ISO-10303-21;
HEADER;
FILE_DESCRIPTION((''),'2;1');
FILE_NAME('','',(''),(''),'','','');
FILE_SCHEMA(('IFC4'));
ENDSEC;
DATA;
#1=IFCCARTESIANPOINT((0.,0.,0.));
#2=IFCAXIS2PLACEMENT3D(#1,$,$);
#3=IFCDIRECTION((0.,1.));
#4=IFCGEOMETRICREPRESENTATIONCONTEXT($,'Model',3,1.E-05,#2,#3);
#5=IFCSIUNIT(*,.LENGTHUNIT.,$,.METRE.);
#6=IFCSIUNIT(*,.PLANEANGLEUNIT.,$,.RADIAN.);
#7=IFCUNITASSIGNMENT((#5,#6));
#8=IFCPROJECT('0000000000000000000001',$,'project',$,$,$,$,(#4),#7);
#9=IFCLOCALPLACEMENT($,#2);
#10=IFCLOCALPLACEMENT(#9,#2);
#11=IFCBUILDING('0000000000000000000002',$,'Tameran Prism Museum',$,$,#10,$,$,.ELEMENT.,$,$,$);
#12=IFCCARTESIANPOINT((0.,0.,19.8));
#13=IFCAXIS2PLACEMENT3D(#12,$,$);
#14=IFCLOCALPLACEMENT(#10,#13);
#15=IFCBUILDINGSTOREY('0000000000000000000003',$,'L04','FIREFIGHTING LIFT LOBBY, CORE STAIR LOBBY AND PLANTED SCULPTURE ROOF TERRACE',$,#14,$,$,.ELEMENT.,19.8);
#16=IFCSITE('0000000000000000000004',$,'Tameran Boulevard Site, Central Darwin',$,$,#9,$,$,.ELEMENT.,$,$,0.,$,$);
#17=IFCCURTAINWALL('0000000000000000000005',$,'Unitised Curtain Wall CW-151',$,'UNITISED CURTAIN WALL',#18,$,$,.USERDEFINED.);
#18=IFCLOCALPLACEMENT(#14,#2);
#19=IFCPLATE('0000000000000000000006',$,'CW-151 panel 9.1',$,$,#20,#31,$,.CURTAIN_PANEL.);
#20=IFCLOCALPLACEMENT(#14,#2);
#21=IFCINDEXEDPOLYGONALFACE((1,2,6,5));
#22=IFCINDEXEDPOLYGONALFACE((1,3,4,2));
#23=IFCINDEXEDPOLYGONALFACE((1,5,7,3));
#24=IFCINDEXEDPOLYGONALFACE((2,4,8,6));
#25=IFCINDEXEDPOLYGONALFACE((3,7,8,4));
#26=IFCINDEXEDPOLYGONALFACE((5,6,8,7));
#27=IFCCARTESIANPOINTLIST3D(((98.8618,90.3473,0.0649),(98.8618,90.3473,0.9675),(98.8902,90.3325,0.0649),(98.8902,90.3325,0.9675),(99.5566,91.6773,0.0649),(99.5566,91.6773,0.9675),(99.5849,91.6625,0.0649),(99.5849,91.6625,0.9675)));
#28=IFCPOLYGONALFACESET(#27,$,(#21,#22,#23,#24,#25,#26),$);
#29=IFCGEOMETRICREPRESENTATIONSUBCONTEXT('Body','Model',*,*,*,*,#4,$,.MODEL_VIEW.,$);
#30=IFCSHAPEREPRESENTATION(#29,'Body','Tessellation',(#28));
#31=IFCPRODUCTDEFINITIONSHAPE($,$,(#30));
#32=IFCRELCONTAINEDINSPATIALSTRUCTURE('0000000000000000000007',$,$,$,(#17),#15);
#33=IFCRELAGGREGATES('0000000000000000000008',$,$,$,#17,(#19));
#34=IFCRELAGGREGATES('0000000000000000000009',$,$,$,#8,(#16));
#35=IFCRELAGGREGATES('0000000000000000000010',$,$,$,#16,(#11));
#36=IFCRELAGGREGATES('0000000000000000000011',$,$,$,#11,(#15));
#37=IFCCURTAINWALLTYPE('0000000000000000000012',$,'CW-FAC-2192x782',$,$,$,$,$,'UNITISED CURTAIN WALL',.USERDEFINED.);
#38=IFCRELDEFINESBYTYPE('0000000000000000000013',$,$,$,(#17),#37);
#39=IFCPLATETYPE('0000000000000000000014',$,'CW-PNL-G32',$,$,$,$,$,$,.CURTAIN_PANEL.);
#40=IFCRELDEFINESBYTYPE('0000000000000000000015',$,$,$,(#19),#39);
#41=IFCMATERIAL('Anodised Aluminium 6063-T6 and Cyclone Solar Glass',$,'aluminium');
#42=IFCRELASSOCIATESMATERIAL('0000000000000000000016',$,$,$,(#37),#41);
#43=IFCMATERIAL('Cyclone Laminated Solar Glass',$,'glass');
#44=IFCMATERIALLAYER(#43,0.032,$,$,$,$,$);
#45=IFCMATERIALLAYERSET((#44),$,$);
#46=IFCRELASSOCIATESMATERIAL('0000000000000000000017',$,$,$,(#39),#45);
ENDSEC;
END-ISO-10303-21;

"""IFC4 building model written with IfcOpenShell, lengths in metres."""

from ifc_helpers import new_model, si_unit, direction, frame, origin, origin_2d, place, context, subcontext, project, spatial, rectangle, extrude, material, layer, layer_set, type_object, element, aggregate, save


model = new_model("IFC4")

# Units and contexts
model_context = context("Model", 3, precision=1e-05, world=origin(), true_north=direction((0.0, 1.0)))
body_context = subcontext(model_context, "Body", "Model", "MODEL_VIEW")
ifc_project = project(units=[si_unit("LENGTHUNIT", "METRE"), si_unit("PLANEANGLEUNIT", "RADIAN")], contexts=[model_context])

# Site, building, storey
site_placement = place(None, origin())
site = spatial("IfcSite", under=ifc_project, at=site_placement, Name="Tameran Boulevard Site, Central Darwin", CompositionType="ELEMENT", RefElevation=0.0)
building_placement = place(site_placement, origin())
building = spatial("IfcBuilding", under=site, at=building_placement, Name="Tameran Prism Museum", CompositionType="ELEMENT")
storey_placement = place(building_placement, frame((0.0, 0.0, 19.8)))
storey = spatial("IfcBuildingStorey", under=building, at=storey_placement, Name="L04", Description="FIREFIGHTING LIFT LOBBY, CORE STAIR LOBBY AND PLANTED SCULPTURE ROOF TERRACE", CompositionType="ELEMENT", Elevation=19.8)

# Curtain wall, plate
ifc_material_1 = material(Name="Anodised Aluminium 6063-T6 and Cyclone Solar Glass", Category="aluminium")
curtain_wall_type = type_object("IfcCurtainWallType", Name="CW-FAC-2192x782", ElementType="UNITISED CURTAIN WALL", PredefinedType="USERDEFINED", material=ifc_material_1)
curtain_wall_placement = place(storey_placement, origin())
curtain_wall = element("IfcCurtainWall", 1, at=curtain_wall_placement, inside=storey, type_object=curtain_wall_type, Name="Unitised Curtain Wall CW-151", ObjectType="UNITISED CURTAIN WALL", PredefinedType="USERDEFINED")
ifc_material_2 = material(Name="Cyclone Laminated Solar Glass", Category="glass")
ifc_layer = layer(ifc_material_2, 0.032)
ifc_layer_set = layer_set([ifc_layer])
plate_type = type_object("IfcPlateType", Name="CW-PNL-G32", PredefinedType="CURTAIN_PANEL", material=ifc_layer_set)
plate_1_placement = place(storey_placement, frame((99.2234, 91.0049, 0.0649), z_axis=(0.0, 0.0, 1.0), x_axis=(0.463003, 0.886357, 0.0)))
plate_1 = element("IfcPlate", 2, at=plate_1_placement, type_object=plate_type, Name="CW-151 panel 9.1", PredefinedType="CURTAIN_PANEL", context=body_context, shape_type="SweptSolid", body=[
    extrude(rectangle(XDim=1.5005, YDim=0.032, at=origin_2d()), origin(), (0.0, 0.0, 1.0), 0.9026),
])
aggregate(curtain_wall, [plate_1])

save(model, "model.ifc")
